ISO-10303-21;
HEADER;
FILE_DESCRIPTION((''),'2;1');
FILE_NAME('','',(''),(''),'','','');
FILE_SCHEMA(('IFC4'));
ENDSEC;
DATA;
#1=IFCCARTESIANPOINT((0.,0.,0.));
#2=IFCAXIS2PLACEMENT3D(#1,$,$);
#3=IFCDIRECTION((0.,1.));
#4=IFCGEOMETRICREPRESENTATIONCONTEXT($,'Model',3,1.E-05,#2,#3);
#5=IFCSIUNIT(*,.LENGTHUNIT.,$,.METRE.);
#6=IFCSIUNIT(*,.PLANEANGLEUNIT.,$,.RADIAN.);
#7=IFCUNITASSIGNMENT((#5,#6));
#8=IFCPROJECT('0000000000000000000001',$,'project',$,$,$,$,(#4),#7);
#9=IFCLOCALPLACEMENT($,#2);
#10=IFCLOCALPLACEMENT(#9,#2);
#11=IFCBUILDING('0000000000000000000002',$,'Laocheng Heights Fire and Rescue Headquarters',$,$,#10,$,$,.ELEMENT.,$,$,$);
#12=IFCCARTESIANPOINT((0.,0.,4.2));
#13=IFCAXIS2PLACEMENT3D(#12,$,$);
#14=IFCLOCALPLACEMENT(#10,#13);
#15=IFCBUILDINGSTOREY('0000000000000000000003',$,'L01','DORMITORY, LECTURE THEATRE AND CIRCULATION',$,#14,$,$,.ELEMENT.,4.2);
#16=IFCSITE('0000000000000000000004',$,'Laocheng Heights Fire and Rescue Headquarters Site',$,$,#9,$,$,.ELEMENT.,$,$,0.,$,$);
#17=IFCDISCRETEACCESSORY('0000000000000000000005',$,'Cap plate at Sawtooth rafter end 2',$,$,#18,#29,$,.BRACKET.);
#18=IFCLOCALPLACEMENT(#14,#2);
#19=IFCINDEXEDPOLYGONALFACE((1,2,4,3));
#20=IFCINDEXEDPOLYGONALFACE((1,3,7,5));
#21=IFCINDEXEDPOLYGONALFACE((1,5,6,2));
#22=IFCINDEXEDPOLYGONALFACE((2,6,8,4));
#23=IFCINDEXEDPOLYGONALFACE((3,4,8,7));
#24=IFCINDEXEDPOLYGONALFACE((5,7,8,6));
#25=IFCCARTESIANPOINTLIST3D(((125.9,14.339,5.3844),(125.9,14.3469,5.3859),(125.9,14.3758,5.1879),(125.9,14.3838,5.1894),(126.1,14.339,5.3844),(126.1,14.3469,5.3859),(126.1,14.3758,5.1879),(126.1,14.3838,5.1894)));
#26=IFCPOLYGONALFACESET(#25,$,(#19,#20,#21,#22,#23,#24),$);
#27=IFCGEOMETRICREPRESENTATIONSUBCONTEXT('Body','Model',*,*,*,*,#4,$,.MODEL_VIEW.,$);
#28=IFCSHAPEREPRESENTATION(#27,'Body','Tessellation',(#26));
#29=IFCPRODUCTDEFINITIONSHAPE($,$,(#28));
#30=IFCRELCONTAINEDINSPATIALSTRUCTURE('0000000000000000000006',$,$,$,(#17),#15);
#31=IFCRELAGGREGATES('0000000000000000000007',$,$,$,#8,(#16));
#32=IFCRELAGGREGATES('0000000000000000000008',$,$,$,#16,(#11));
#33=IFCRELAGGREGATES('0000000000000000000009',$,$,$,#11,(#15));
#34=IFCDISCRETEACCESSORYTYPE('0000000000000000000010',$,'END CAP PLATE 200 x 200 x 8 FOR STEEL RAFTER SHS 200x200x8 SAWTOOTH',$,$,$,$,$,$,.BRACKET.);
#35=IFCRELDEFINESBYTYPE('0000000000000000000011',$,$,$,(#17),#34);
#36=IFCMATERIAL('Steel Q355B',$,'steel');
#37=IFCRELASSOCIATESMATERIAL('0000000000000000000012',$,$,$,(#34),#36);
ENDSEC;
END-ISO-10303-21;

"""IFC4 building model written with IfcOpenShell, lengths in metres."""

from ifc_helpers import new_model, si_unit, direction, frame, origin, origin_2d, place, context, subcontext, project, spatial, rectangle, extrude, material, material_profile, profile_set, type_object, element, save


model = new_model("IFC4")

# Units and contexts
model_context = context("Model", 3, precision=1e-05, world=origin(), true_north=direction((0.0, 1.0)))
body_context = subcontext(model_context, "Body", "Model", "MODEL_VIEW")
ifc_project = project(units=[si_unit("LENGTHUNIT", "METRE"), si_unit("PLANEANGLEUNIT", "RADIAN")], contexts=[model_context])

# Site, building, storey
site_placement = place(None, origin())
site = spatial("IfcSite", under=ifc_project, at=site_placement, Name="Laocheng Heights Fire and Rescue Headquarters Site", CompositionType="ELEMENT", RefElevation=0.0)
building_placement = place(site_placement, origin())
building = spatial("IfcBuilding", under=site, at=building_placement, Name="Laocheng Heights Fire and Rescue Headquarters", CompositionType="ELEMENT")
storey_placement = place(building_placement, frame((0.0, 0.0, 4.2)))
storey = spatial("IfcBuildingStorey", under=building, at=storey_placement, Name="L01", Description="DORMITORY, LECTURE THEATRE AND CIRCULATION", CompositionType="ELEMENT", Elevation=4.2)

# Discrete accessory
ifc_material_1 = material(Name="Steel Q355B", Category="steel")
ifc_material_profile_1 = material_profile(ifc_material_1, rectangle(XDim=0.2, YDim=0.2, at=origin_2d()), Name="END CAP PLATE 200 x 200 x 8 FOR STEEL RAFTER SHS 200x200x8 SAWTOOTH")
ifc_profile_set_1 = profile_set([ifc_material_profile_1], Name="Steel Q355B")
discrete_accessory_type = type_object("IfcDiscreteAccessoryType", Name="END CAP PLATE 200 x 200 x 8 FOR STEEL RAFTER SHS 200x200x8 SAWTOOTH", PredefinedType="BRACKET", material=ifc_profile_set_1)
discrete_accessory_placement = place(storey_placement, frame((126.0, 14.3574, 5.2861), z_axis=(0.0, 0.982872, 0.184289), x_axis=(-1.0, 0.0, 0.0)))
element("IfcDiscreteAccessory", 1, at=discrete_accessory_placement, inside=storey, type_object=discrete_accessory_type, Name="Cap plate at Sawtooth rafter end 2", PredefinedType="BRACKET", context=body_context, shape_type="SweptSolid", body=[
    extrude(rectangle(XDim=0.2, YDim=0.2, at=origin_2d()), origin(), (0.0, 0.0, 1.0), 0.0081),
])

save(model, "model.ifc")
